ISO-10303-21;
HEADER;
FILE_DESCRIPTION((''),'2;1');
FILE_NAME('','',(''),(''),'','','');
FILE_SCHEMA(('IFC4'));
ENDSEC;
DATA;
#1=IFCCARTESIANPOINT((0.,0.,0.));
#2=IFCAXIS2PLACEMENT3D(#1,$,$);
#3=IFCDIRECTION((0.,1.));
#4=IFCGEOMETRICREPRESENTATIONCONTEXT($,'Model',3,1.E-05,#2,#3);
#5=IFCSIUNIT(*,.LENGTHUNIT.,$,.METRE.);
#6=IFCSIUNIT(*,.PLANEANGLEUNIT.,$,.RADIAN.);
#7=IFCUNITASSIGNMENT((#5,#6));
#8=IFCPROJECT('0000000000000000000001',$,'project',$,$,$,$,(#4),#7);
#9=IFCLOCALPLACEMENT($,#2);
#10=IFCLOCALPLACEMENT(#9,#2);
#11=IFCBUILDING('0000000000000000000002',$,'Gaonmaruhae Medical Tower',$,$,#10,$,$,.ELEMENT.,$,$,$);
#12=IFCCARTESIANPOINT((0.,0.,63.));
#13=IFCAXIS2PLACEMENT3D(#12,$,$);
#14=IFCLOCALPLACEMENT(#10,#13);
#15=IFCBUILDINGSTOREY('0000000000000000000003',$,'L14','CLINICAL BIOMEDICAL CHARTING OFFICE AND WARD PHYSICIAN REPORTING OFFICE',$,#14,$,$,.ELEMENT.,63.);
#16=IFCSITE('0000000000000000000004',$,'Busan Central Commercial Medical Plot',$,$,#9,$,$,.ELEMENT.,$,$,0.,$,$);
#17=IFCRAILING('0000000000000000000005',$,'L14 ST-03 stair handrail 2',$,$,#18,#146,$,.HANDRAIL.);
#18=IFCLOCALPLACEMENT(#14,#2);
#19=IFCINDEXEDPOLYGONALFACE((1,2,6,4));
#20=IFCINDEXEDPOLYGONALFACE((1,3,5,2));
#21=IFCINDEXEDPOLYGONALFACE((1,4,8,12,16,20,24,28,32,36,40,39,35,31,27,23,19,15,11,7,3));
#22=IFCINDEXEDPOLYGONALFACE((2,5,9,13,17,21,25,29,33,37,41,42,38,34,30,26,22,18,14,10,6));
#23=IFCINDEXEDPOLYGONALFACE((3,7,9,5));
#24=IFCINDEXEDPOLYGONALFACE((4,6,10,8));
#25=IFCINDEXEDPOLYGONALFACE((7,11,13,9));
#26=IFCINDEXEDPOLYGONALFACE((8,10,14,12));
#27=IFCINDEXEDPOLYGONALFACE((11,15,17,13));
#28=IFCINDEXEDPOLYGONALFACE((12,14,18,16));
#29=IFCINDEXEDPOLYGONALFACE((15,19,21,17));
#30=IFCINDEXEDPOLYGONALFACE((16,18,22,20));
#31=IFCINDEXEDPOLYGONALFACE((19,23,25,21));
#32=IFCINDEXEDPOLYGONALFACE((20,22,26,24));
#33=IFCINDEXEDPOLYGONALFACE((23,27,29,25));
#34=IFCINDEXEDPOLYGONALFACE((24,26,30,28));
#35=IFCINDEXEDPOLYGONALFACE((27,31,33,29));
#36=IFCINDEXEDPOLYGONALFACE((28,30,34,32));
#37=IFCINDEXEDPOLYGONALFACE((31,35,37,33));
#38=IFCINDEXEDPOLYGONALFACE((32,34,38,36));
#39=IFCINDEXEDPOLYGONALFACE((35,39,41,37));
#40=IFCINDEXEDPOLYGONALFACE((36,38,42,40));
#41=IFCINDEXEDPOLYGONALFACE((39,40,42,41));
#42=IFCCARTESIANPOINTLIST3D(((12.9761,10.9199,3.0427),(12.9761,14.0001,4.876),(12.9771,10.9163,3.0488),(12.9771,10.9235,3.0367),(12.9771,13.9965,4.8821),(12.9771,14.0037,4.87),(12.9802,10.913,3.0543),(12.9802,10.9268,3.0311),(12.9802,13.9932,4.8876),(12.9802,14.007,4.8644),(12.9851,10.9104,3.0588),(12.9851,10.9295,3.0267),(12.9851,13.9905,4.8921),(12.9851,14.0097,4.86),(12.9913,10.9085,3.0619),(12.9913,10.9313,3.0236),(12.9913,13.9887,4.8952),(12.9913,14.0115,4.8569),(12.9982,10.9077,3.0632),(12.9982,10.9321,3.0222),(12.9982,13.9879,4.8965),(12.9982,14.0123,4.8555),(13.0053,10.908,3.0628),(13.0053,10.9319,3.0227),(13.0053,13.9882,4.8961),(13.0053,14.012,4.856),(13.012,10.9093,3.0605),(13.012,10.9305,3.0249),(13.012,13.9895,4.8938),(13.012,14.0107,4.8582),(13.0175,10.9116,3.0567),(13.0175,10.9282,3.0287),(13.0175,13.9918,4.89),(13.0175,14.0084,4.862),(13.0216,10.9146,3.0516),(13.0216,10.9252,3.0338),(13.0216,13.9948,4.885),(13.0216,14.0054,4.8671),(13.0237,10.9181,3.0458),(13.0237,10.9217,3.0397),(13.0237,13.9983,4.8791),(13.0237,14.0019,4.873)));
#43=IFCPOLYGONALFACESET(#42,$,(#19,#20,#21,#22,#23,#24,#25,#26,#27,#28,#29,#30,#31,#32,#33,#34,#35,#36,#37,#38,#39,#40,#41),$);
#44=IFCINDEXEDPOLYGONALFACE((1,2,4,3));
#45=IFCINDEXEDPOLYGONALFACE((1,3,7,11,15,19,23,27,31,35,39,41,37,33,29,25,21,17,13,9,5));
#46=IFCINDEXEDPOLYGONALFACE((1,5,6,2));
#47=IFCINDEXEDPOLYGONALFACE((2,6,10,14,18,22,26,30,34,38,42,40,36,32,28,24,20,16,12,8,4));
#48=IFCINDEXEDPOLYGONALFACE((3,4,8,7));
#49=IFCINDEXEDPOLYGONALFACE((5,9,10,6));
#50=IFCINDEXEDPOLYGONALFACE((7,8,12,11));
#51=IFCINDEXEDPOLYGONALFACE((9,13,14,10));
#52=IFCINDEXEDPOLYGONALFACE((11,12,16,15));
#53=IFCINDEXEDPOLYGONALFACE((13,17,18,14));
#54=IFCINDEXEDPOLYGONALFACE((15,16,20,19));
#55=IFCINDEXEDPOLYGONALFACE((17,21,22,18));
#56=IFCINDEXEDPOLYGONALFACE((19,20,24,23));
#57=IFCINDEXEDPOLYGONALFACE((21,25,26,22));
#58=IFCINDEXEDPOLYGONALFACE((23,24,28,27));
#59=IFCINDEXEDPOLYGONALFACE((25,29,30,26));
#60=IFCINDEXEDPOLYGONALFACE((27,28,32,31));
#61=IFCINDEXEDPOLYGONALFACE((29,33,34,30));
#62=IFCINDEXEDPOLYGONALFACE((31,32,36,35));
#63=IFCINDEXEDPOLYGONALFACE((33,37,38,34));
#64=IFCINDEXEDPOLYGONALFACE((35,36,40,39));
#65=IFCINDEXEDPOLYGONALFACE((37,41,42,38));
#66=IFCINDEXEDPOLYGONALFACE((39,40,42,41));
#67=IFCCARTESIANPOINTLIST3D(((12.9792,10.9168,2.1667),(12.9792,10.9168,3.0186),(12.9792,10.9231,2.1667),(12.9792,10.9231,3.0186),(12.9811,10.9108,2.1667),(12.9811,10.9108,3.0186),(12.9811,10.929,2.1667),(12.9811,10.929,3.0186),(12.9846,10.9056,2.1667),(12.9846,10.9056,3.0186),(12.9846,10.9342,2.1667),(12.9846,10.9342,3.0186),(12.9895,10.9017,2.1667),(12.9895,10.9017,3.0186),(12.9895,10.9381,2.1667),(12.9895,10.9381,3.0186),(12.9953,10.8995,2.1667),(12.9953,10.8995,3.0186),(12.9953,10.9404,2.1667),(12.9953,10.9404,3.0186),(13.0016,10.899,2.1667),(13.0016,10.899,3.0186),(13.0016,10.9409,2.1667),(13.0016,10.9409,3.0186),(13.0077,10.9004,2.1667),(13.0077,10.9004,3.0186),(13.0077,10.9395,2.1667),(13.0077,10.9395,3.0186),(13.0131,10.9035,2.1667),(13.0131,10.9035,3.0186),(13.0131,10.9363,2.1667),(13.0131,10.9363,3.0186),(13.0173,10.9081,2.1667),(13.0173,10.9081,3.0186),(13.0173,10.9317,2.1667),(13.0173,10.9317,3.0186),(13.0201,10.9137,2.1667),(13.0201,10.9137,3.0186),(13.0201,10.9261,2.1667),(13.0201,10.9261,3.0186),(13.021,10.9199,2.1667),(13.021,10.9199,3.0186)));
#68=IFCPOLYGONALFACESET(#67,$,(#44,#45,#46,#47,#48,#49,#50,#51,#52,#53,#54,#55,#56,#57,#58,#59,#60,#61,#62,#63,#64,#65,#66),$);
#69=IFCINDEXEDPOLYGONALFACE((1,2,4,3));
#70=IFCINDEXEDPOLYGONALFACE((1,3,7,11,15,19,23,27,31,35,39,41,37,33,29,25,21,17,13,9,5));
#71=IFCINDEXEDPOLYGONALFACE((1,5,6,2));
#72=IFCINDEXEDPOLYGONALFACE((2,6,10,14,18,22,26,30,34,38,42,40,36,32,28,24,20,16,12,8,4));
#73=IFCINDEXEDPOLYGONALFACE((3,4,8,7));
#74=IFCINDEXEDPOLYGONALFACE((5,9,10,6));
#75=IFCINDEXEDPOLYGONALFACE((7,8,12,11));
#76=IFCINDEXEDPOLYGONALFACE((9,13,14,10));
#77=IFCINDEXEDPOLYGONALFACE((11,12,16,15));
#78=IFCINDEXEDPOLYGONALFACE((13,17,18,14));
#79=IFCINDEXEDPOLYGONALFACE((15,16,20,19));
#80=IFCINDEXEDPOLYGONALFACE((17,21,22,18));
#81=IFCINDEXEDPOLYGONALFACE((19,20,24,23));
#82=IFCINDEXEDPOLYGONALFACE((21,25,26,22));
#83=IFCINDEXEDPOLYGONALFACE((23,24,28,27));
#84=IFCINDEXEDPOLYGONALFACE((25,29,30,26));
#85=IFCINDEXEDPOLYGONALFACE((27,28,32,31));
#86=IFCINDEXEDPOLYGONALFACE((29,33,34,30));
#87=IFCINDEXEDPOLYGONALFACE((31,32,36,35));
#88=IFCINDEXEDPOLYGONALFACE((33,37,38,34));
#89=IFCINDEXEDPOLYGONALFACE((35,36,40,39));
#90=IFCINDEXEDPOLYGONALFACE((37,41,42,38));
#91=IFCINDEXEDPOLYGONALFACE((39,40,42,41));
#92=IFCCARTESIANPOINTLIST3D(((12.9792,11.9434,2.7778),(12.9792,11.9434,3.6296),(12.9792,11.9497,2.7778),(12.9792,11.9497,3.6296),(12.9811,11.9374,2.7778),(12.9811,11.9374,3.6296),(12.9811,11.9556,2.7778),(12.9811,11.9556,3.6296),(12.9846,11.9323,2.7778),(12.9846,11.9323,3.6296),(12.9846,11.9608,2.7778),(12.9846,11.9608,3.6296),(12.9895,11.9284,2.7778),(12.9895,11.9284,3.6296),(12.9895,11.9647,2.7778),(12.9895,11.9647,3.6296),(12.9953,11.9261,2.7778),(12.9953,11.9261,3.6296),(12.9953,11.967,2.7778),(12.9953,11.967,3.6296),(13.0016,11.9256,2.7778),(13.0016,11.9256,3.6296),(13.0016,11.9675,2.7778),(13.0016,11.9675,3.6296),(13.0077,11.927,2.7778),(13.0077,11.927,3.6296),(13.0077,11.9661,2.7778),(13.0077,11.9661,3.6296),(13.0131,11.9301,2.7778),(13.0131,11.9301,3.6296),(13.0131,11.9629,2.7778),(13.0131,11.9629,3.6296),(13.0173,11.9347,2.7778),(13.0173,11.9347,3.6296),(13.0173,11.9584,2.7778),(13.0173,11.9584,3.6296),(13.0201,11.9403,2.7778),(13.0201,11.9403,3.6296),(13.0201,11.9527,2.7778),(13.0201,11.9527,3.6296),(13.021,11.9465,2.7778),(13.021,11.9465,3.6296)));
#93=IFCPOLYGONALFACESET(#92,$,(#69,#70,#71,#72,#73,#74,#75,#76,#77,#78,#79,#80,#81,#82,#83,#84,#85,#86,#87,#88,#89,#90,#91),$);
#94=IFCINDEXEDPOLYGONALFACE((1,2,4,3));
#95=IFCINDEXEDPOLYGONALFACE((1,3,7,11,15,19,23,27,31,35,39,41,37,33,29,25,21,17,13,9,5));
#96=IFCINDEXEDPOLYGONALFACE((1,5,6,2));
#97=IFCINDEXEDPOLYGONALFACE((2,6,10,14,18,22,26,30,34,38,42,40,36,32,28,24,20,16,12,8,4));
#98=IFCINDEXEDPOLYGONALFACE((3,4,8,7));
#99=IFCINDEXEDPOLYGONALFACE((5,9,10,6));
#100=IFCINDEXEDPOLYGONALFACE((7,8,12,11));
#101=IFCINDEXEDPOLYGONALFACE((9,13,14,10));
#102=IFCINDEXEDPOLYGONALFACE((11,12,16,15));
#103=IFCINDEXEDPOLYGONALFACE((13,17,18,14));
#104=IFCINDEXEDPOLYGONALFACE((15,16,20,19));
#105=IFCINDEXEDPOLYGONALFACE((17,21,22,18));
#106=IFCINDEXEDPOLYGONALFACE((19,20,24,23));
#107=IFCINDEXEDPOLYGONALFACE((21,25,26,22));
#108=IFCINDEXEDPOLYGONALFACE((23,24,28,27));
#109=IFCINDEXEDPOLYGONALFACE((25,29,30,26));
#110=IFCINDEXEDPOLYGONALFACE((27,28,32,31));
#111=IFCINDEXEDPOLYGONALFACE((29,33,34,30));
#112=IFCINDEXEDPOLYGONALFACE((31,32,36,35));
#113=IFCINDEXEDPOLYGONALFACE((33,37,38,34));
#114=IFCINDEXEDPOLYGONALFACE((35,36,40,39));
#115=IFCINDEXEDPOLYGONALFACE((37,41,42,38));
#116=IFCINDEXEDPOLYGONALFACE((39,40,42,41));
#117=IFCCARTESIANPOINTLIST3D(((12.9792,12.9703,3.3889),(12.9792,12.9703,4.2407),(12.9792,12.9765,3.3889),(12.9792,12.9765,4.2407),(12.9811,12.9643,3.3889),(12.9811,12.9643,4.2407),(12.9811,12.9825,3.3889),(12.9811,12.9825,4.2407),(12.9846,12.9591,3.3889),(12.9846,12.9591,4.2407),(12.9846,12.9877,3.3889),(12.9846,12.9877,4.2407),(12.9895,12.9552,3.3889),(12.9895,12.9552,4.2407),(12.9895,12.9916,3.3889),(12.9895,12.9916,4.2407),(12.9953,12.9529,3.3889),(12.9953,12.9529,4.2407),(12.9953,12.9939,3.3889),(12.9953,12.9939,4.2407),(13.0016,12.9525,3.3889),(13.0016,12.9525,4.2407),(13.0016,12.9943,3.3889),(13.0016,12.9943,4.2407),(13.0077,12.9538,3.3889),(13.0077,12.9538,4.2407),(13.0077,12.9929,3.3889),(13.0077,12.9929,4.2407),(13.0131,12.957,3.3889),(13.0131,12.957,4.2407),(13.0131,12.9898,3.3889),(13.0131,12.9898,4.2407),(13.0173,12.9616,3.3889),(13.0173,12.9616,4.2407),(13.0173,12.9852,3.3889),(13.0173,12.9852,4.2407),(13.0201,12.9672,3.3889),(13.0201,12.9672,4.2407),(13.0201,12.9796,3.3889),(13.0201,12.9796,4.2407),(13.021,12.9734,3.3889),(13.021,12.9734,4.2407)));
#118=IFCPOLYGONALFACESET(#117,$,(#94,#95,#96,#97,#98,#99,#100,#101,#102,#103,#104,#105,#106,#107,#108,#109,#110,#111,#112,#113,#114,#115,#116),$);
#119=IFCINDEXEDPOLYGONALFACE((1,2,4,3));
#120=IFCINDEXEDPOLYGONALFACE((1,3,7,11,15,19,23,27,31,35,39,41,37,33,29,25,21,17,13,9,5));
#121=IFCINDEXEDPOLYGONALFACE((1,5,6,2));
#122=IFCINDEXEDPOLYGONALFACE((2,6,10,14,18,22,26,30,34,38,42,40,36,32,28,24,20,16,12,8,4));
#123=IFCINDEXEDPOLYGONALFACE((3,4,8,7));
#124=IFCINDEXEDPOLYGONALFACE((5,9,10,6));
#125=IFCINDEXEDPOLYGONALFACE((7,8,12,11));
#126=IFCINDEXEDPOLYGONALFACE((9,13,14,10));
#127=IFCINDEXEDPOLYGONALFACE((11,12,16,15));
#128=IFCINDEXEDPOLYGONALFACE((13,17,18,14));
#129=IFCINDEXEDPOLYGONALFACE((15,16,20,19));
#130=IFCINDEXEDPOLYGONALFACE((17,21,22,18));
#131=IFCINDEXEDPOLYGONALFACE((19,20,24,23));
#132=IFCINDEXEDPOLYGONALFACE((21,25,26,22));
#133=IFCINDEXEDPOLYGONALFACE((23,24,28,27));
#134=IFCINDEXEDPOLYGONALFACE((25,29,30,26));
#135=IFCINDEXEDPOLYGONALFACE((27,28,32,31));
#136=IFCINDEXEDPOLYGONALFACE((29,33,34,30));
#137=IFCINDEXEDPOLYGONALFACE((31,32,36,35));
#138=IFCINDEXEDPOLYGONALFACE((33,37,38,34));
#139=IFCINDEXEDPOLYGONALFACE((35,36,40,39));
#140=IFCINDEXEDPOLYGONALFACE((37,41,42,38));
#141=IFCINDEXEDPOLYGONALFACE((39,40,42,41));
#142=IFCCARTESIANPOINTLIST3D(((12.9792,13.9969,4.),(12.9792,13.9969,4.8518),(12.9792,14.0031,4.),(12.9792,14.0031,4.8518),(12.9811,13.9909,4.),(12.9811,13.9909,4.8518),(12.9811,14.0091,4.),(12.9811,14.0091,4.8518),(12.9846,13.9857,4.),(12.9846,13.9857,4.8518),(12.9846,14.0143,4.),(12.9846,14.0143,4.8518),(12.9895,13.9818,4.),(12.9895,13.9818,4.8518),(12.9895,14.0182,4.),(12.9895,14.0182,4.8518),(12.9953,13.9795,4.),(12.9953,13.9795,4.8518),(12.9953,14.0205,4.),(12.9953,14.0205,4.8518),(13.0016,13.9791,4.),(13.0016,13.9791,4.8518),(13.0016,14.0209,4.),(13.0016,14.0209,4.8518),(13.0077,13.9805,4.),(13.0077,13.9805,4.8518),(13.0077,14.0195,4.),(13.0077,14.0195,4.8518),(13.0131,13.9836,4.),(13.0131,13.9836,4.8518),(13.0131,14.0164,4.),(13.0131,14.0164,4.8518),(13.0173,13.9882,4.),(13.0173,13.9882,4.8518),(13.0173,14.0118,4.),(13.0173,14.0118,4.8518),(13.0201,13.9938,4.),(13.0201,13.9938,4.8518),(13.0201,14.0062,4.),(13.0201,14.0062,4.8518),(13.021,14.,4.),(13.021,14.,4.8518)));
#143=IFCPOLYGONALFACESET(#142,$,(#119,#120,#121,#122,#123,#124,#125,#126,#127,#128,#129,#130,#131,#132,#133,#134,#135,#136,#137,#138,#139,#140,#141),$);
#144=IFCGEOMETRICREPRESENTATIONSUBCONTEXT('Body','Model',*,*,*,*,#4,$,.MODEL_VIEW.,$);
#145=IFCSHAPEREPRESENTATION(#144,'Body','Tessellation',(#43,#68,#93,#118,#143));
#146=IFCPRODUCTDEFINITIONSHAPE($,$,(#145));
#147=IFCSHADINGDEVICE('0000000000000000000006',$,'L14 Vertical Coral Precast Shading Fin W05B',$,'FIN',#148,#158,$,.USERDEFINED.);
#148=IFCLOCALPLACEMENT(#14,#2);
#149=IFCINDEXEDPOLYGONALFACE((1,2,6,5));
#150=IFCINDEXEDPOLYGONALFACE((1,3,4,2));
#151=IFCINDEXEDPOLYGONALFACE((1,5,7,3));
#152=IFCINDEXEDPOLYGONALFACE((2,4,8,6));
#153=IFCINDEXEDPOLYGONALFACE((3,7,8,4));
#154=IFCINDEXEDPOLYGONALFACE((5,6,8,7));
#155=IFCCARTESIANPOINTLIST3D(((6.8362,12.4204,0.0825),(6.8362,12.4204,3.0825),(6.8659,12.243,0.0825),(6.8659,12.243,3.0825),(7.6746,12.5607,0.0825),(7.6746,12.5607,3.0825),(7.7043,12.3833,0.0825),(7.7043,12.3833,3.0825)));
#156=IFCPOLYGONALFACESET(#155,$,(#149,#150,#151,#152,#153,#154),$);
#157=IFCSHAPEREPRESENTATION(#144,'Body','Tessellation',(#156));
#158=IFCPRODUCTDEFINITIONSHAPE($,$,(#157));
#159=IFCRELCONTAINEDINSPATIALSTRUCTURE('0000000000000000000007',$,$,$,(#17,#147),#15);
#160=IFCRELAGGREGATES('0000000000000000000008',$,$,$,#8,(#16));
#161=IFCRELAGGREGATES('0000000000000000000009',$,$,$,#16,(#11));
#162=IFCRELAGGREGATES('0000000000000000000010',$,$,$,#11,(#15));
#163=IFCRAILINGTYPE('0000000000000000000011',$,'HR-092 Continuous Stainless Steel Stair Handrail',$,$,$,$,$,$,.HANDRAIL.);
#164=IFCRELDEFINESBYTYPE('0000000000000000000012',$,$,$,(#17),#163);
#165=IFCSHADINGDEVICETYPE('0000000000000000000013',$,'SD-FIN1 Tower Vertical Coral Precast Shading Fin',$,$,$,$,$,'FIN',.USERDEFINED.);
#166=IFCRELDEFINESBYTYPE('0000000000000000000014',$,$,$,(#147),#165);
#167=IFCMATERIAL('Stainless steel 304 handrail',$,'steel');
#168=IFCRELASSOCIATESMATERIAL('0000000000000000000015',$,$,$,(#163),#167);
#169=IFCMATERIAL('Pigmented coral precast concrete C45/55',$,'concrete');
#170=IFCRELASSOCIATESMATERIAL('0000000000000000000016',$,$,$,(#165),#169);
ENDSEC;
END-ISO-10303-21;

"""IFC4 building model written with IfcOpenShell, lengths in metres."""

from ifc_helpers import new_model, si_unit, direction, frame, origin, origin_2d, place, context, subcontext, project, spatial, rectangle, circle, extrude, material, type_object, element, save


model = new_model("IFC4")

# Units and contexts
model_context = context("Model", 3, precision=1e-05, world=origin(), true_north=direction((0.0, 1.0)))
body_context = subcontext(model_context, "Body", "Model", "MODEL_VIEW")
ifc_project = project(units=[si_unit("LENGTHUNIT", "METRE"), si_unit("PLANEANGLEUNIT", "RADIAN")], contexts=[model_context])

# Site, building, storey
site_placement = place(None, origin())
site = spatial("IfcSite", under=ifc_project, at=site_placement, Name="Busan Central Commercial Medical Plot", CompositionType="ELEMENT", RefElevation=0.0)
building_placement = place(site_placement, origin())
building = spatial("IfcBuilding", under=site, at=building_placement, Name="Gaonmaruhae Medical Tower", CompositionType="ELEMENT")
storey_placement = place(building_placement, frame((0.0, 0.0, 63.0)))
storey = spatial("IfcBuildingStorey", under=building, at=storey_placement, Name="L14", Description="CLINICAL BIOMEDICAL CHARTING OFFICE AND WARD PHYSICIAN REPORTING OFFICE", CompositionType="ELEMENT", Elevation=63.0)

# Railing
ifc_material_1 = material(Name="Stainless steel 304 handrail", Category="steel")
railing_type_1 = type_object("IfcRailingType", Name="HR-092 Continuous Stainless Steel Stair Handrail", PredefinedType="HANDRAIL", material=ifc_material_1)
railing_1_placement = place(storey_placement, frame((13.0, 10.9199, 2.1667)))
element("IfcRailing", 1, at=railing_1_placement, inside=storey, type_object=railing_type_1, Name="L14 ST-03 stair handrail 2", PredefinedType="HANDRAIL", context=body_context, shape_type="SweptSolid", body=[
    extrude(circle(Radius=0.0239, at=origin_2d()), frame((0.0, 0.0, 0.876), z_axis=(0.0, 0.859309, 0.511458), x_axis=(-1.0, 0.0, 0.0)), (0.0, 0.0, 1.0), 3.5845),
    extrude(circle(Radius=0.021, at=origin_2d()), origin(), (0.0, 0.0, 1.0), 0.8518),
    extrude(circle(Radius=0.021, at=origin_2d()), frame((0.0, 1.0266, 0.6111)), (0.0, 0.0, 1.0), 0.8518),
    extrude(circle(Radius=0.021, at=origin_2d()), frame((0.0, 2.0535, 1.2222)), (0.0, 0.0, 1.0), 0.8518),
    extrude(circle(Radius=0.021, at=origin_2d()), frame((0.0, 3.0801, 1.8333)), (0.0, 0.0, 1.0), 0.8518),
])

# Shading device
ifc_material_2 = material(Name="Pigmented coral precast concrete C45/55", Category="concrete")
shading_device_type = type_object("IfcShadingDeviceType", Name="SD-FIN1 Tower Vertical Coral Precast Shading Fin", ElementType="FIN", PredefinedType="USERDEFINED", material=ifc_material_2)
shading_device_placement = place(storey_placement, frame((7.2703, 12.4019, 0.0825), z_axis=(0.0, 0.0, 1.0), x_axis=(-0.165048, 0.986286, 0.0)))
element("IfcShadingDevice", 2, at=shading_device_placement, inside=storey, type_object=shading_device_type, Name="L14 Vertical Coral Precast Shading Fin W05B", ObjectType="FIN", PredefinedType="USERDEFINED", context=body_context, shape_type="SweptSolid", body=[
    extrude(rectangle(XDim=0.1799, YDim=0.8501, at=origin_2d()), origin(), (0.0, 0.0, 1.0), 3.0),
])

save(model, "model.ifc")
